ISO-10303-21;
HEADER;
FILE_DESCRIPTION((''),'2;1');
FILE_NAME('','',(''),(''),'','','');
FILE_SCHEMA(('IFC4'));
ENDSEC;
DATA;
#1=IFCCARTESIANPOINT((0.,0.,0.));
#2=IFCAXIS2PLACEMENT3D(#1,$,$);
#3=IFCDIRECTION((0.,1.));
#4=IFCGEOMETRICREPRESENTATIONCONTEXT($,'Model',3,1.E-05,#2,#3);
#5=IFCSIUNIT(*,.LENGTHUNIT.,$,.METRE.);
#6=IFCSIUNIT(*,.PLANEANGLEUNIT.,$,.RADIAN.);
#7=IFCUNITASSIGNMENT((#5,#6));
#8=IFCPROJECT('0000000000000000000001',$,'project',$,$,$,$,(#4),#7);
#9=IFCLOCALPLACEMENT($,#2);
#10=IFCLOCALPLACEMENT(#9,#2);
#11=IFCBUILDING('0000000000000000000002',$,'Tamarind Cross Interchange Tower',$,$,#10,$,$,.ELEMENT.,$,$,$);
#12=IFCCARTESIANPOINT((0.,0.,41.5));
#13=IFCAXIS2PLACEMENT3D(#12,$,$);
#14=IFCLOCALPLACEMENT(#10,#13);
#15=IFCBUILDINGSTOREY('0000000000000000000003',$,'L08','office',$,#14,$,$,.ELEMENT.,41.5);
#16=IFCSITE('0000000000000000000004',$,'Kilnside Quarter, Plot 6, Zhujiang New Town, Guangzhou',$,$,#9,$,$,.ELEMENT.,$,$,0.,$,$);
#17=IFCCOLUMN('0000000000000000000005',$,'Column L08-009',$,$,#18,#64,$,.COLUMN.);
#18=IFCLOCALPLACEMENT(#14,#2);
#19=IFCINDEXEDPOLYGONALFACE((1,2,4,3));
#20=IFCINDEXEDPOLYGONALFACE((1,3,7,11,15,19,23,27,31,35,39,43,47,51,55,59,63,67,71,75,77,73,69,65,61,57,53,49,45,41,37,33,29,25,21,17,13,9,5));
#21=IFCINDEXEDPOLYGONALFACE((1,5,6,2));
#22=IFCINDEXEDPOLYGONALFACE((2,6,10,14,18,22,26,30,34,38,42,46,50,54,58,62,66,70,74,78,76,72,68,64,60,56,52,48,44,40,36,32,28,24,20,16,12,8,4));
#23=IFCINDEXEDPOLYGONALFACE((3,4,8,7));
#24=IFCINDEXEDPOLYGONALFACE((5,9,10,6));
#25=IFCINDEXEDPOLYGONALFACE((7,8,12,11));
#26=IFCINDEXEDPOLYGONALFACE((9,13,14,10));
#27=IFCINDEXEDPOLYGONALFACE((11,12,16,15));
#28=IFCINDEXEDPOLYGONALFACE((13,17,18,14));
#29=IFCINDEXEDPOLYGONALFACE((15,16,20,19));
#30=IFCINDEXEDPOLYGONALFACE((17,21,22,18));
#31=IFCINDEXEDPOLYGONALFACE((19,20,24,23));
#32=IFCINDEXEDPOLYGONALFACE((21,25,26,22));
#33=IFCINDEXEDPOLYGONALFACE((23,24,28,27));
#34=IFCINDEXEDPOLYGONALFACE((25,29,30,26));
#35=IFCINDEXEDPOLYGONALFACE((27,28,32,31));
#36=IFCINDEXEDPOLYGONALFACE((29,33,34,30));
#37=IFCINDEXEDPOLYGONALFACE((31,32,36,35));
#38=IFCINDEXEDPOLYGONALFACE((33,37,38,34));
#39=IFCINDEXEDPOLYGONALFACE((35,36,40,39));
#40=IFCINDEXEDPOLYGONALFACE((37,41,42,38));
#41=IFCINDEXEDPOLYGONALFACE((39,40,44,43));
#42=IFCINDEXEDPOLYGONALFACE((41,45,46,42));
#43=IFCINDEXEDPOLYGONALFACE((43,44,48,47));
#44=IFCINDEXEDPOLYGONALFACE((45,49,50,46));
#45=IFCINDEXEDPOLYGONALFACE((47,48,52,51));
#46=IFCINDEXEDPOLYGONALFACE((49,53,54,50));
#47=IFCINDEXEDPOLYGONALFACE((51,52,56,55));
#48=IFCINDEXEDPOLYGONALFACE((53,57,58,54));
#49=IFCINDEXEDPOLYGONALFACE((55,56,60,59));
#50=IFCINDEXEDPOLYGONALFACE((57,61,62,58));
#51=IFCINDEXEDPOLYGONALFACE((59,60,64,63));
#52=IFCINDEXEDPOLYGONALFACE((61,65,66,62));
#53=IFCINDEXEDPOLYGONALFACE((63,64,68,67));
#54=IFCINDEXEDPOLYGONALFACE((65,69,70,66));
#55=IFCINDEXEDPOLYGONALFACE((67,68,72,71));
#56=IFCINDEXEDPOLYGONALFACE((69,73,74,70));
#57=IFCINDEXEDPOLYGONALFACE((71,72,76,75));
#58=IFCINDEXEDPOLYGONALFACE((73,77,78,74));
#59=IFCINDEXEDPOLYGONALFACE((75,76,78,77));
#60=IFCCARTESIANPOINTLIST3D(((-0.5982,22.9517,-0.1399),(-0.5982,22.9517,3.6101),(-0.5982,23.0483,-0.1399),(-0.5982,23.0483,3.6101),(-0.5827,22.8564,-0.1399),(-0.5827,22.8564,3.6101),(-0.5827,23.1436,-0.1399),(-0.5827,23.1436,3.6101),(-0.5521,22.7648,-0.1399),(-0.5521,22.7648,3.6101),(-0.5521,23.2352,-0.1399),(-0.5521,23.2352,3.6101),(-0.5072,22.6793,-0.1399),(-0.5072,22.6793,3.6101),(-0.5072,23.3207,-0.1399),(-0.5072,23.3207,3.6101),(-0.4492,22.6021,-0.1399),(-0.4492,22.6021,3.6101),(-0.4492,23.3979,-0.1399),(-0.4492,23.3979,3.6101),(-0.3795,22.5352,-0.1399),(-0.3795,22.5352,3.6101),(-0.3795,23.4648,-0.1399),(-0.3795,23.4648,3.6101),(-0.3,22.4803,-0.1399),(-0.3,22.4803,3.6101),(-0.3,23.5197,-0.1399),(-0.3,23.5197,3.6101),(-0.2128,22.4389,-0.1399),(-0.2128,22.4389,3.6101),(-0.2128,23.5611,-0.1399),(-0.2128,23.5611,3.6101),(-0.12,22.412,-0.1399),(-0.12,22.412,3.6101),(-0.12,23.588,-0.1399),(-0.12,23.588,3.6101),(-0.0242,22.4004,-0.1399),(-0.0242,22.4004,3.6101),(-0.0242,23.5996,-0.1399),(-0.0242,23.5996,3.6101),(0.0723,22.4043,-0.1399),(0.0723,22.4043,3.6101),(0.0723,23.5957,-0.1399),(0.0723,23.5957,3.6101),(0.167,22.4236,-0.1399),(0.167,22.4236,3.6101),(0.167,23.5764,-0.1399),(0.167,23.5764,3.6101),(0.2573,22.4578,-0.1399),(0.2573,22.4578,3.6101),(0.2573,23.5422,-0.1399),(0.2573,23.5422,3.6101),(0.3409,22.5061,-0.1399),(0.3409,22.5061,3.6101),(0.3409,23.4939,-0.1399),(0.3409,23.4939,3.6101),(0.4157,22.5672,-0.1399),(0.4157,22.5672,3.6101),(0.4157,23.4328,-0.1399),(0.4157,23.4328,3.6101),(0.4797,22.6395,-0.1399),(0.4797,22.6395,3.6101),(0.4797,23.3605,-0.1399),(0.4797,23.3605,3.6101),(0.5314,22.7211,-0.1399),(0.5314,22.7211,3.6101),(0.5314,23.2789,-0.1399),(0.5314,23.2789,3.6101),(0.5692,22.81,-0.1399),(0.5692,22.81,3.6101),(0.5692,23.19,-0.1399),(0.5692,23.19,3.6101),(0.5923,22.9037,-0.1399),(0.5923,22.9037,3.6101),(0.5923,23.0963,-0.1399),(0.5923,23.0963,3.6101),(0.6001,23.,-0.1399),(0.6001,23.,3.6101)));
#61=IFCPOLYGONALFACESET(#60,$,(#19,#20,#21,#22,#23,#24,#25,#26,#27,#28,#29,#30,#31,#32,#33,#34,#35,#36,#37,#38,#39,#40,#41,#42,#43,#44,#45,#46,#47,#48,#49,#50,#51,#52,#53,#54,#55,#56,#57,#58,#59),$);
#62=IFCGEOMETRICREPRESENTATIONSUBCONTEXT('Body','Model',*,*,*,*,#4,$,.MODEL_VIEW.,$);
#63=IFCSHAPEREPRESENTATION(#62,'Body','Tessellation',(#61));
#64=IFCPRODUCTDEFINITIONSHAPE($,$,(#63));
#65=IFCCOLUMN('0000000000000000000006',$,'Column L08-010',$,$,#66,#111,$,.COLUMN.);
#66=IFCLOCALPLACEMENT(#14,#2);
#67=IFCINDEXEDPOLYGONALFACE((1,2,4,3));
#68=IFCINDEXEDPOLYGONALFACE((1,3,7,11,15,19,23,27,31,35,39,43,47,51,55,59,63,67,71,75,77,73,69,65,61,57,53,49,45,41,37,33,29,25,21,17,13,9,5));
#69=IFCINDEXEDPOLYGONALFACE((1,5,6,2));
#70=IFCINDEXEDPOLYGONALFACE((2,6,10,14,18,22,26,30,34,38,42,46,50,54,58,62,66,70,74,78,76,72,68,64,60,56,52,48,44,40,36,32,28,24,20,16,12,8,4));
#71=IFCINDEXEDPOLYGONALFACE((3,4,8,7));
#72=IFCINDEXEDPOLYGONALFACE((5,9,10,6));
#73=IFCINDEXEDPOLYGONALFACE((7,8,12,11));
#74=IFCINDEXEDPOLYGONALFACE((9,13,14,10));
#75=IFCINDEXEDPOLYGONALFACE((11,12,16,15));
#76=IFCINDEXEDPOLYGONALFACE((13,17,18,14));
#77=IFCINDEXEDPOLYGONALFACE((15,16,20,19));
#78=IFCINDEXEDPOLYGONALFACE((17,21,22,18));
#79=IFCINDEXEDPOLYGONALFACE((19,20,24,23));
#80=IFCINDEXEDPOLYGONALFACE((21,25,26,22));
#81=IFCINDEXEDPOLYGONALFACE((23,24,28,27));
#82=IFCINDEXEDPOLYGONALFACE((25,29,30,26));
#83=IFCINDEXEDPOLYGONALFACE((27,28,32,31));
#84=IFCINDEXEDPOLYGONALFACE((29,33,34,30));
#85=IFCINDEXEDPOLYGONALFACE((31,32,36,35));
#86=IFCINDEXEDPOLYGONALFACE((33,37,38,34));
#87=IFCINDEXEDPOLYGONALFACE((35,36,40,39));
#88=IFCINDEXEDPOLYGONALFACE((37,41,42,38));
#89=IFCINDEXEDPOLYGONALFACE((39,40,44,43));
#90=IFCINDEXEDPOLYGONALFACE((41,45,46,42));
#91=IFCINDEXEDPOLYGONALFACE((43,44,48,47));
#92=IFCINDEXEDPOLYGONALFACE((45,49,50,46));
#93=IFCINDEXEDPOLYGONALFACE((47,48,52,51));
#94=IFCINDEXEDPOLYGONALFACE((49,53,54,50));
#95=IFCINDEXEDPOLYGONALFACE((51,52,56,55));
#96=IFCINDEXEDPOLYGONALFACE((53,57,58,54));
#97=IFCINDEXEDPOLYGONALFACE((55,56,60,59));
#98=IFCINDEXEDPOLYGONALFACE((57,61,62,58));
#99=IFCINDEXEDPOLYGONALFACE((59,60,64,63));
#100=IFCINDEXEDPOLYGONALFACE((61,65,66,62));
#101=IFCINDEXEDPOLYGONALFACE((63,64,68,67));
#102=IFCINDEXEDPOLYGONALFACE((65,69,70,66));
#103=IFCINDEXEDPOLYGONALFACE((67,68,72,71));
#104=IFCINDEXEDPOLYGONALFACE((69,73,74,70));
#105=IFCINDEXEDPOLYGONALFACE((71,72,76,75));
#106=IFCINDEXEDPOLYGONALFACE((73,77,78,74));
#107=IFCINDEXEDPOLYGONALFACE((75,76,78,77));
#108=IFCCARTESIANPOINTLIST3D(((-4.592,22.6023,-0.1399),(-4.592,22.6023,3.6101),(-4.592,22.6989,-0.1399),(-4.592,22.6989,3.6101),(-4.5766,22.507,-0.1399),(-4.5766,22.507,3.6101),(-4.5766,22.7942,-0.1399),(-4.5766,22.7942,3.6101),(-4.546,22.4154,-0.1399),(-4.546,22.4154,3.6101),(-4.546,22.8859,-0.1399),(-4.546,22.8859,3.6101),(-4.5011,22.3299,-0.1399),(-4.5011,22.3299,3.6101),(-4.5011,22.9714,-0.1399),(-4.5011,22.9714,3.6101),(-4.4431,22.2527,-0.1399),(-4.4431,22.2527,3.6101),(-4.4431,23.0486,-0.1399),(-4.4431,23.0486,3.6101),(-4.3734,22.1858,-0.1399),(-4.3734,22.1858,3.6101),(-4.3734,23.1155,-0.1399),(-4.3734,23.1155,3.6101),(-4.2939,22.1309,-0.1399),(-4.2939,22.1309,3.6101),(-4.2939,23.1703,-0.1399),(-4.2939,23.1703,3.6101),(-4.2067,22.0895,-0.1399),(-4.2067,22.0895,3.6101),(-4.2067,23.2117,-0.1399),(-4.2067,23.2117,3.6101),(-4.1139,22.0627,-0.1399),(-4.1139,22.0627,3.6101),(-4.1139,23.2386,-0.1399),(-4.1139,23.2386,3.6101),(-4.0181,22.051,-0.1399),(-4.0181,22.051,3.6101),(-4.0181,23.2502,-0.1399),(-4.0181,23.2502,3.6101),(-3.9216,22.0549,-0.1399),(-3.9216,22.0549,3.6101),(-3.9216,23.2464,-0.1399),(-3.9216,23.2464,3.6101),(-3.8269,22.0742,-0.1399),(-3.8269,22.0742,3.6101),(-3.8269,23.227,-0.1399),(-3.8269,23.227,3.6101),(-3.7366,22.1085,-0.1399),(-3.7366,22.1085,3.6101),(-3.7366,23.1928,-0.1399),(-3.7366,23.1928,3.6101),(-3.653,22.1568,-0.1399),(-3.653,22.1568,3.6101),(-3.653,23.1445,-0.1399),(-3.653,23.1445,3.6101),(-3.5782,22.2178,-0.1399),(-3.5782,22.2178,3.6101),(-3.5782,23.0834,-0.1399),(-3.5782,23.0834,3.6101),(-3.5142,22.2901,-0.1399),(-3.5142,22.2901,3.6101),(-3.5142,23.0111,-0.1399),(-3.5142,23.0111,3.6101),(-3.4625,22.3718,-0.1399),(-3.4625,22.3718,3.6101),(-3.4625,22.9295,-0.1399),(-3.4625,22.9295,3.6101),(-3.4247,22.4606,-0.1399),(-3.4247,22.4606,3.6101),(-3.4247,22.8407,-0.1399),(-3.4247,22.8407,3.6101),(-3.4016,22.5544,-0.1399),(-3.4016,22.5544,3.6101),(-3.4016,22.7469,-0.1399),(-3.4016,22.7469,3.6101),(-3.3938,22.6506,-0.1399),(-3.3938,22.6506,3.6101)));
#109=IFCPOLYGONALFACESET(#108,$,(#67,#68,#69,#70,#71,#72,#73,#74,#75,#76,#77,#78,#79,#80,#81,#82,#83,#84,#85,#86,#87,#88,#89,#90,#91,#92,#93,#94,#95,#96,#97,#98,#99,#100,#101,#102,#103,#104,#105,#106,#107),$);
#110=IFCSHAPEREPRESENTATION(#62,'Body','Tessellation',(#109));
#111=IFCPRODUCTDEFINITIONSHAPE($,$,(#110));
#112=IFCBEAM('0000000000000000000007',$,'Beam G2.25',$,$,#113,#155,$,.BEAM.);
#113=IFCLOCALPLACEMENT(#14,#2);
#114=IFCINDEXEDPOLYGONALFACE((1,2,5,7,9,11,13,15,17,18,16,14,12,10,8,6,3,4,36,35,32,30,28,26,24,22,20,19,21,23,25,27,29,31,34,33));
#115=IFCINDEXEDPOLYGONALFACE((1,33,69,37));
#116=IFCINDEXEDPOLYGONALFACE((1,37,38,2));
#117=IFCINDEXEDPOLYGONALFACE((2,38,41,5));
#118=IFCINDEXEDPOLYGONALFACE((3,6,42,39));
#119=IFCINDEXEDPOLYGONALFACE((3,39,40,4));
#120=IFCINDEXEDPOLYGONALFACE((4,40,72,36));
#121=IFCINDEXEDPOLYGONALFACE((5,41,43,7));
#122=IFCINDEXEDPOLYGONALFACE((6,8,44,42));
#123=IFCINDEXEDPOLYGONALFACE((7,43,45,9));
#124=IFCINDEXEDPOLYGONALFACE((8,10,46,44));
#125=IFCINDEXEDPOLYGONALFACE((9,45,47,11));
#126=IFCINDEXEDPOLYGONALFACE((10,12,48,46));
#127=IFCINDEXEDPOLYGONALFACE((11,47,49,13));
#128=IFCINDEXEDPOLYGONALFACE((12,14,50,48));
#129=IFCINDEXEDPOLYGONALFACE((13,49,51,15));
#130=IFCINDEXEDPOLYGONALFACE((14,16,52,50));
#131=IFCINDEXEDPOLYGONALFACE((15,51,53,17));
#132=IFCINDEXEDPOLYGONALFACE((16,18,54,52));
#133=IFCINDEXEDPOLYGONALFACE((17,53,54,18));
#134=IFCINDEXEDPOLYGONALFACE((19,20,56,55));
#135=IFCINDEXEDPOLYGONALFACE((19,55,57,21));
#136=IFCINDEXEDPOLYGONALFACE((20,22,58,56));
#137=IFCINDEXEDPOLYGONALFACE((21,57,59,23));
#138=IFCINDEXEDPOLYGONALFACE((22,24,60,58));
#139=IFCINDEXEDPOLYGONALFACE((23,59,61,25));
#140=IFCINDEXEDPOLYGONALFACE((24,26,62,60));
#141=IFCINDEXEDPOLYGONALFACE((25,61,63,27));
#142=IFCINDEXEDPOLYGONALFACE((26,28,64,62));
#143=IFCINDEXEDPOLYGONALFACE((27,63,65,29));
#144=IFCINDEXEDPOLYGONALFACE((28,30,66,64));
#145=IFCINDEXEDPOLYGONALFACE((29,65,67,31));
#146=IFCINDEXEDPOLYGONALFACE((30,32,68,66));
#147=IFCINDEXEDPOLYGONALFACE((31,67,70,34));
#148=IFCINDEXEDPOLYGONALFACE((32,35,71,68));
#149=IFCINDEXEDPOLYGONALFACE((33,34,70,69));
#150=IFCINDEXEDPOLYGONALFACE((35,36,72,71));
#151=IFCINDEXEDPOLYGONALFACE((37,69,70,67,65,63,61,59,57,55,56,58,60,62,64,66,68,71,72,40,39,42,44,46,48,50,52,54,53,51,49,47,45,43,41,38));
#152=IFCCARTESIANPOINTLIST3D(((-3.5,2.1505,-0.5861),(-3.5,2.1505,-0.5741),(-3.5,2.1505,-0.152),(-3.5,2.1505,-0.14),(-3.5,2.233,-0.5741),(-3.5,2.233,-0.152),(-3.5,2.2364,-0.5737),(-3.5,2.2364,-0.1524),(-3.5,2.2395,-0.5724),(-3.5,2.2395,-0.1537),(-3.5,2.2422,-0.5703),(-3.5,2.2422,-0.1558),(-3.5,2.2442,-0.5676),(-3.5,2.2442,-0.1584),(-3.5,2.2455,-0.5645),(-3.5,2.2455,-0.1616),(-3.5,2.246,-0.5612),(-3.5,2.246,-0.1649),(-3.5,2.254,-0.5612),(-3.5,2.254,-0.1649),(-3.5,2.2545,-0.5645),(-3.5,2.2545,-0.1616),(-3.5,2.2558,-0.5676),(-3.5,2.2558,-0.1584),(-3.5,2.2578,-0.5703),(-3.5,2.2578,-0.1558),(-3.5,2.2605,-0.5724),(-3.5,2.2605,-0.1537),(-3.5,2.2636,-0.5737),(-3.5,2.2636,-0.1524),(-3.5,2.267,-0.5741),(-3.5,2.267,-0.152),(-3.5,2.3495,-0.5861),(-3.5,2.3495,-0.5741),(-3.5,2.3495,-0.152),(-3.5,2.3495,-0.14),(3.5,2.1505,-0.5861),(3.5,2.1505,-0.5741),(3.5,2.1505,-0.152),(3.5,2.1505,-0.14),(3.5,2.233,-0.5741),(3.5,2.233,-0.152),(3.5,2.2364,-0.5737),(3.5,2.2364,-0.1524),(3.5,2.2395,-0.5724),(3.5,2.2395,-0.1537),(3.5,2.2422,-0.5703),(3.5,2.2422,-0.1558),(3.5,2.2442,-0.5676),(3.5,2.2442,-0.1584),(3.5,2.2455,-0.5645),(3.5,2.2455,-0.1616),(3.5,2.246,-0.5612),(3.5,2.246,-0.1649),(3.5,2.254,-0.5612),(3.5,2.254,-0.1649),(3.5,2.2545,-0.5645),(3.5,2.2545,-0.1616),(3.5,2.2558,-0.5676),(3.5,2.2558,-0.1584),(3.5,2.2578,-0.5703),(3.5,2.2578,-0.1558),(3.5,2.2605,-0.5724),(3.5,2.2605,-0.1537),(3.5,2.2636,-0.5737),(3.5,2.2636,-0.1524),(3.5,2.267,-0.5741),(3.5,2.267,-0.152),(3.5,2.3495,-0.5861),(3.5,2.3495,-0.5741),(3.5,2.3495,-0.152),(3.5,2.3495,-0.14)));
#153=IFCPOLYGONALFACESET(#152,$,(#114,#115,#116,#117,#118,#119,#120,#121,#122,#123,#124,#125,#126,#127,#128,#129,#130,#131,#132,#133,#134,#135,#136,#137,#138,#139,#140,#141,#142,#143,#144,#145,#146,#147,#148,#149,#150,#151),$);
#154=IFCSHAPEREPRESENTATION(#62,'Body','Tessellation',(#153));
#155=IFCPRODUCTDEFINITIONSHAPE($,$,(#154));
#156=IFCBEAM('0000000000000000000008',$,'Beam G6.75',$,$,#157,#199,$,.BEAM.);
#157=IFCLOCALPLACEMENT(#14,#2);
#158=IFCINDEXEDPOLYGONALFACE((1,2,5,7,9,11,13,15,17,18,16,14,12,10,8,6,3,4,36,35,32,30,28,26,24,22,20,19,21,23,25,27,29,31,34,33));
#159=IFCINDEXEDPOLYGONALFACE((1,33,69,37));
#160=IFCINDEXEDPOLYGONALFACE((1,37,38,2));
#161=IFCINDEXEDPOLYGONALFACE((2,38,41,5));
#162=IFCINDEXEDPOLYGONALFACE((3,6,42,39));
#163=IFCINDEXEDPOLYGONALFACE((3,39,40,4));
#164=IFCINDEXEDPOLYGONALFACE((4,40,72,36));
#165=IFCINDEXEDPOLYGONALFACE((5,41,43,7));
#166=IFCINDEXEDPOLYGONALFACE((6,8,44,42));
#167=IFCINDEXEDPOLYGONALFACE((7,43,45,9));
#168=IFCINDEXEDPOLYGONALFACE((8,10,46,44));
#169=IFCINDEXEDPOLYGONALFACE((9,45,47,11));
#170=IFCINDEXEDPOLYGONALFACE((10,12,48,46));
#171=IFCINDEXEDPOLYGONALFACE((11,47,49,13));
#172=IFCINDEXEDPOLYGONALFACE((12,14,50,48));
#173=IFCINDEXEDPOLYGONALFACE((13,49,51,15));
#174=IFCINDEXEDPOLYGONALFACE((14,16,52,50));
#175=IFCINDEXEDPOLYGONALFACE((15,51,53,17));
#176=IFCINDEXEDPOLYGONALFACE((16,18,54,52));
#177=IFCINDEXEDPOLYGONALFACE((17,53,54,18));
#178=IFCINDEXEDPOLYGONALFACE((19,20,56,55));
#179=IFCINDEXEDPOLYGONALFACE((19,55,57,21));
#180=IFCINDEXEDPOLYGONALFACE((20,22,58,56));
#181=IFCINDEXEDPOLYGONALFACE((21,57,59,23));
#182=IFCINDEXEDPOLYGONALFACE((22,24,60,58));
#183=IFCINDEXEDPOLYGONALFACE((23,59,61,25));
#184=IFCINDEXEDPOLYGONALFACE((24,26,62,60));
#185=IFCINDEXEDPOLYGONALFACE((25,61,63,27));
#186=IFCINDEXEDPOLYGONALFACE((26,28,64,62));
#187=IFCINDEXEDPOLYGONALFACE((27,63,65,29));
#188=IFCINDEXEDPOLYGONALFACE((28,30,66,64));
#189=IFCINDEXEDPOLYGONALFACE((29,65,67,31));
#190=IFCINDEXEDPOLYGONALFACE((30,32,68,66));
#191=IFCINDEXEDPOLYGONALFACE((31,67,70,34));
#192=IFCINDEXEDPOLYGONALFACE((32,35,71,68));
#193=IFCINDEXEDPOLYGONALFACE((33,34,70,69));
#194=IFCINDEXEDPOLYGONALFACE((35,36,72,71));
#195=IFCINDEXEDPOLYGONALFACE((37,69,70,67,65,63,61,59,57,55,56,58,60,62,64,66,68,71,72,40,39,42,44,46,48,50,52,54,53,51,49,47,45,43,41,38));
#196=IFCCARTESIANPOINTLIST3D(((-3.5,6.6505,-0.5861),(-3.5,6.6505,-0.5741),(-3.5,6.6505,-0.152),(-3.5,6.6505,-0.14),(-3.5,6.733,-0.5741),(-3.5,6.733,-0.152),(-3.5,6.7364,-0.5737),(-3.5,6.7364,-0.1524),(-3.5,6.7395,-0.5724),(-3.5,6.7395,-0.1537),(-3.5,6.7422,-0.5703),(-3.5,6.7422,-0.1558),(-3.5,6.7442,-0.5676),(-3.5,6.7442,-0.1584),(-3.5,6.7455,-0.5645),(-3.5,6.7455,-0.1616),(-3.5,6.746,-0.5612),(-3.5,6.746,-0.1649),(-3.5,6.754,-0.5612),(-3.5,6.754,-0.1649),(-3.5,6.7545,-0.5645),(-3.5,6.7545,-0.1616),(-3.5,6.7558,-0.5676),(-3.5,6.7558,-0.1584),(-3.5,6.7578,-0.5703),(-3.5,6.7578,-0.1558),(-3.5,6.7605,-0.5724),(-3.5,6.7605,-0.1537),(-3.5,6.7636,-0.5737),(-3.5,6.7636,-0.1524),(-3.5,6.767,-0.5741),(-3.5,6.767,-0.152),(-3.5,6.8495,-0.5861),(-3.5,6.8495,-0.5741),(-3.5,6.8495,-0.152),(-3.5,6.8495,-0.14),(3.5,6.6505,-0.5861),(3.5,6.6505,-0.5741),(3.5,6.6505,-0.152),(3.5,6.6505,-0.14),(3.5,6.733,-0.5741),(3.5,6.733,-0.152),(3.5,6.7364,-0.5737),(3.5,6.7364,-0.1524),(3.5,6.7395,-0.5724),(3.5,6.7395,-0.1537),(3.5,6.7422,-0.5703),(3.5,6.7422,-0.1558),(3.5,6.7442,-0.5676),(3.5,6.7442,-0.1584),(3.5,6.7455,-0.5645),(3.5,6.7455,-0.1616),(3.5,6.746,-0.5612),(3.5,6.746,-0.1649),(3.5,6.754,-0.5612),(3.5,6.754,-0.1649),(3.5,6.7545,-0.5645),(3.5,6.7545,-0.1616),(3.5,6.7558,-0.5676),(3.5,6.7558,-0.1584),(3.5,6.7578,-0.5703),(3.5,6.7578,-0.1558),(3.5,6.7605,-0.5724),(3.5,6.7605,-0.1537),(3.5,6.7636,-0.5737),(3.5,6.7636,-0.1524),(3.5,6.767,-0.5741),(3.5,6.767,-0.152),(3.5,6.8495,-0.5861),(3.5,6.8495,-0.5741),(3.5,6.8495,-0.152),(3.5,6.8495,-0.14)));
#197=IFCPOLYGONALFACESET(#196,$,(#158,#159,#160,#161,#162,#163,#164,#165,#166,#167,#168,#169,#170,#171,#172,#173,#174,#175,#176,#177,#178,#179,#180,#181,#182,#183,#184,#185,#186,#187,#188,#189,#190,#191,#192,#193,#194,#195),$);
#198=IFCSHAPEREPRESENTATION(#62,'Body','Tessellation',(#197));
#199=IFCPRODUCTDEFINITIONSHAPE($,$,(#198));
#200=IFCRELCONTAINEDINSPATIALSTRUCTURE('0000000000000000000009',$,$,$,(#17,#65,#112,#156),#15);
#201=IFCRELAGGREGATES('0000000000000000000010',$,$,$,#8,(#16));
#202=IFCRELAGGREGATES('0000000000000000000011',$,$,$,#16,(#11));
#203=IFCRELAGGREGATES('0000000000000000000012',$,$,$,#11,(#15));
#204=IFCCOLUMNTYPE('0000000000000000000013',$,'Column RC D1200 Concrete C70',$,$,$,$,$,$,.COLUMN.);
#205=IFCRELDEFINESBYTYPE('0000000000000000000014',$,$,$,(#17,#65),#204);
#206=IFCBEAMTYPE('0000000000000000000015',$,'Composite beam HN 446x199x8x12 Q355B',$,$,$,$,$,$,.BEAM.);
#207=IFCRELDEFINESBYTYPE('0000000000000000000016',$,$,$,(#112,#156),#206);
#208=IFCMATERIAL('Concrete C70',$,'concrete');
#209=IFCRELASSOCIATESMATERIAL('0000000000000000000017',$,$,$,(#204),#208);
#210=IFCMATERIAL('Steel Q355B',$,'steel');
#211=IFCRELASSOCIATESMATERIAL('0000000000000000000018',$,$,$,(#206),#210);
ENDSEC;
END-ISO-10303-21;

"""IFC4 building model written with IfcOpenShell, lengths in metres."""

from ifc_helpers import new_model, si_unit, direction, frame, origin, origin_2d, place, context, subcontext, project, spatial, circle, i_section, extrude, material, material_profile, profile_set, type_object, element, save


model = new_model("IFC4")

# Units and contexts
model_context = context("Model", 3, precision=1e-05, world=origin(), true_north=direction((0.0, 1.0)))
body_context = subcontext(model_context, "Body", "Model", "MODEL_VIEW")
ifc_project = project(units=[si_unit("LENGTHUNIT", "METRE"), si_unit("PLANEANGLEUNIT", "RADIAN")], contexts=[model_context])

# Site, building, storey
site_placement = place(None, origin())
site = spatial("IfcSite", under=ifc_project, at=site_placement, Name="Kilnside Quarter, Plot 6, Zhujiang New Town, Guangzhou", CompositionType="ELEMENT", RefElevation=0.0)
building_placement = place(site_placement, origin())
building = spatial("IfcBuilding", under=site, at=building_placement, Name="Tamarind Cross Interchange Tower", CompositionType="ELEMENT")
storey_placement = place(building_placement, frame((0.0, 0.0, 41.5)))
storey = spatial("IfcBuildingStorey", under=building, at=storey_placement, Name="L08", Description="office", CompositionType="ELEMENT", Elevation=41.5)

# Columns
ifc_material_1 = material(Name="Concrete C70", Category="concrete")
ifc_material_profile_1 = material_profile(ifc_material_1, circle(Radius=0.6001, at=origin_2d()), Name="RC D1200")
ifc_profile_set_1 = profile_set([ifc_material_profile_1], Name="Concrete C70")
column_type = type_object("IfcColumnType", Name="Column RC D1200 Concrete C70", PredefinedType="COLUMN", material=ifc_profile_set_1)
for number, where, z_axis, x_axis, name in (
    (1, (0.0, 23.0, -0.1399), (0.0, 0.0, 1.0), (1.0, 0.0, 0.0), "Column L08-009"),
    (2, (-3.9939, 22.6506, -0.1399), (0.0, 0.0, 1.0), (1.0, 0.0, 0.0), "Column L08-010"),
):
    element("IfcColumn", number, at=place(storey_placement, frame(where, z_axis=z_axis, x_axis=x_axis)), inside=storey, type_object=column_type, Name=name, PredefinedType="COLUMN", context=body_context, shape_type="SweptSolid", body=[
        extrude(circle(Radius=0.6001, at=origin_2d()), origin(), (0.0, 0.0, 1.0), 3.75),
    ])

# Beams
ifc_material_2 = material(Name="Steel Q355B", Category="steel")
ifc_material_profile_2 = material_profile(ifc_material_2, i_section(OverallWidth=0.199, OverallDepth=0.446, WebThickness=0.0081, FlangeThickness=0.012, FilletRadius=0.0129, at=origin_2d()), Name="HN 446x199x8x12")
ifc_profile_set_2 = profile_set([ifc_material_profile_2], Name="Steel Q355B")
beam_type_1 = type_object("IfcBeamType", Name="Composite beam HN 446x199x8x12 Q355B", PredefinedType="BEAM", material=ifc_profile_set_2)
for number, where, z_axis, x_axis, name in (
    (3, (-3.5, 2.25, -0.363), (1.0, 0.0, 0.0), (0.0, 1.0, 0.0), "Beam G2.25"),
    (4, (-3.5, 6.75, -0.363), (1.0, 0.0, 0.0), (0.0, 1.0, 0.0), "Beam G6.75"),
):
    element("IfcBeam", number, at=place(storey_placement, frame(where, z_axis=z_axis, x_axis=x_axis)), inside=storey, type_object=beam_type_1, Name=name, PredefinedType="BEAM", context=body_context, shape_type="SweptSolid", body=[
        extrude(i_section(OverallWidth=0.199, OverallDepth=0.446, WebThickness=0.0081, FlangeThickness=0.012, FilletRadius=0.0129, at=origin_2d()), origin(), (0.0, 0.0, 1.0), 7.0),
    ])

save(model, "model.ifc")
